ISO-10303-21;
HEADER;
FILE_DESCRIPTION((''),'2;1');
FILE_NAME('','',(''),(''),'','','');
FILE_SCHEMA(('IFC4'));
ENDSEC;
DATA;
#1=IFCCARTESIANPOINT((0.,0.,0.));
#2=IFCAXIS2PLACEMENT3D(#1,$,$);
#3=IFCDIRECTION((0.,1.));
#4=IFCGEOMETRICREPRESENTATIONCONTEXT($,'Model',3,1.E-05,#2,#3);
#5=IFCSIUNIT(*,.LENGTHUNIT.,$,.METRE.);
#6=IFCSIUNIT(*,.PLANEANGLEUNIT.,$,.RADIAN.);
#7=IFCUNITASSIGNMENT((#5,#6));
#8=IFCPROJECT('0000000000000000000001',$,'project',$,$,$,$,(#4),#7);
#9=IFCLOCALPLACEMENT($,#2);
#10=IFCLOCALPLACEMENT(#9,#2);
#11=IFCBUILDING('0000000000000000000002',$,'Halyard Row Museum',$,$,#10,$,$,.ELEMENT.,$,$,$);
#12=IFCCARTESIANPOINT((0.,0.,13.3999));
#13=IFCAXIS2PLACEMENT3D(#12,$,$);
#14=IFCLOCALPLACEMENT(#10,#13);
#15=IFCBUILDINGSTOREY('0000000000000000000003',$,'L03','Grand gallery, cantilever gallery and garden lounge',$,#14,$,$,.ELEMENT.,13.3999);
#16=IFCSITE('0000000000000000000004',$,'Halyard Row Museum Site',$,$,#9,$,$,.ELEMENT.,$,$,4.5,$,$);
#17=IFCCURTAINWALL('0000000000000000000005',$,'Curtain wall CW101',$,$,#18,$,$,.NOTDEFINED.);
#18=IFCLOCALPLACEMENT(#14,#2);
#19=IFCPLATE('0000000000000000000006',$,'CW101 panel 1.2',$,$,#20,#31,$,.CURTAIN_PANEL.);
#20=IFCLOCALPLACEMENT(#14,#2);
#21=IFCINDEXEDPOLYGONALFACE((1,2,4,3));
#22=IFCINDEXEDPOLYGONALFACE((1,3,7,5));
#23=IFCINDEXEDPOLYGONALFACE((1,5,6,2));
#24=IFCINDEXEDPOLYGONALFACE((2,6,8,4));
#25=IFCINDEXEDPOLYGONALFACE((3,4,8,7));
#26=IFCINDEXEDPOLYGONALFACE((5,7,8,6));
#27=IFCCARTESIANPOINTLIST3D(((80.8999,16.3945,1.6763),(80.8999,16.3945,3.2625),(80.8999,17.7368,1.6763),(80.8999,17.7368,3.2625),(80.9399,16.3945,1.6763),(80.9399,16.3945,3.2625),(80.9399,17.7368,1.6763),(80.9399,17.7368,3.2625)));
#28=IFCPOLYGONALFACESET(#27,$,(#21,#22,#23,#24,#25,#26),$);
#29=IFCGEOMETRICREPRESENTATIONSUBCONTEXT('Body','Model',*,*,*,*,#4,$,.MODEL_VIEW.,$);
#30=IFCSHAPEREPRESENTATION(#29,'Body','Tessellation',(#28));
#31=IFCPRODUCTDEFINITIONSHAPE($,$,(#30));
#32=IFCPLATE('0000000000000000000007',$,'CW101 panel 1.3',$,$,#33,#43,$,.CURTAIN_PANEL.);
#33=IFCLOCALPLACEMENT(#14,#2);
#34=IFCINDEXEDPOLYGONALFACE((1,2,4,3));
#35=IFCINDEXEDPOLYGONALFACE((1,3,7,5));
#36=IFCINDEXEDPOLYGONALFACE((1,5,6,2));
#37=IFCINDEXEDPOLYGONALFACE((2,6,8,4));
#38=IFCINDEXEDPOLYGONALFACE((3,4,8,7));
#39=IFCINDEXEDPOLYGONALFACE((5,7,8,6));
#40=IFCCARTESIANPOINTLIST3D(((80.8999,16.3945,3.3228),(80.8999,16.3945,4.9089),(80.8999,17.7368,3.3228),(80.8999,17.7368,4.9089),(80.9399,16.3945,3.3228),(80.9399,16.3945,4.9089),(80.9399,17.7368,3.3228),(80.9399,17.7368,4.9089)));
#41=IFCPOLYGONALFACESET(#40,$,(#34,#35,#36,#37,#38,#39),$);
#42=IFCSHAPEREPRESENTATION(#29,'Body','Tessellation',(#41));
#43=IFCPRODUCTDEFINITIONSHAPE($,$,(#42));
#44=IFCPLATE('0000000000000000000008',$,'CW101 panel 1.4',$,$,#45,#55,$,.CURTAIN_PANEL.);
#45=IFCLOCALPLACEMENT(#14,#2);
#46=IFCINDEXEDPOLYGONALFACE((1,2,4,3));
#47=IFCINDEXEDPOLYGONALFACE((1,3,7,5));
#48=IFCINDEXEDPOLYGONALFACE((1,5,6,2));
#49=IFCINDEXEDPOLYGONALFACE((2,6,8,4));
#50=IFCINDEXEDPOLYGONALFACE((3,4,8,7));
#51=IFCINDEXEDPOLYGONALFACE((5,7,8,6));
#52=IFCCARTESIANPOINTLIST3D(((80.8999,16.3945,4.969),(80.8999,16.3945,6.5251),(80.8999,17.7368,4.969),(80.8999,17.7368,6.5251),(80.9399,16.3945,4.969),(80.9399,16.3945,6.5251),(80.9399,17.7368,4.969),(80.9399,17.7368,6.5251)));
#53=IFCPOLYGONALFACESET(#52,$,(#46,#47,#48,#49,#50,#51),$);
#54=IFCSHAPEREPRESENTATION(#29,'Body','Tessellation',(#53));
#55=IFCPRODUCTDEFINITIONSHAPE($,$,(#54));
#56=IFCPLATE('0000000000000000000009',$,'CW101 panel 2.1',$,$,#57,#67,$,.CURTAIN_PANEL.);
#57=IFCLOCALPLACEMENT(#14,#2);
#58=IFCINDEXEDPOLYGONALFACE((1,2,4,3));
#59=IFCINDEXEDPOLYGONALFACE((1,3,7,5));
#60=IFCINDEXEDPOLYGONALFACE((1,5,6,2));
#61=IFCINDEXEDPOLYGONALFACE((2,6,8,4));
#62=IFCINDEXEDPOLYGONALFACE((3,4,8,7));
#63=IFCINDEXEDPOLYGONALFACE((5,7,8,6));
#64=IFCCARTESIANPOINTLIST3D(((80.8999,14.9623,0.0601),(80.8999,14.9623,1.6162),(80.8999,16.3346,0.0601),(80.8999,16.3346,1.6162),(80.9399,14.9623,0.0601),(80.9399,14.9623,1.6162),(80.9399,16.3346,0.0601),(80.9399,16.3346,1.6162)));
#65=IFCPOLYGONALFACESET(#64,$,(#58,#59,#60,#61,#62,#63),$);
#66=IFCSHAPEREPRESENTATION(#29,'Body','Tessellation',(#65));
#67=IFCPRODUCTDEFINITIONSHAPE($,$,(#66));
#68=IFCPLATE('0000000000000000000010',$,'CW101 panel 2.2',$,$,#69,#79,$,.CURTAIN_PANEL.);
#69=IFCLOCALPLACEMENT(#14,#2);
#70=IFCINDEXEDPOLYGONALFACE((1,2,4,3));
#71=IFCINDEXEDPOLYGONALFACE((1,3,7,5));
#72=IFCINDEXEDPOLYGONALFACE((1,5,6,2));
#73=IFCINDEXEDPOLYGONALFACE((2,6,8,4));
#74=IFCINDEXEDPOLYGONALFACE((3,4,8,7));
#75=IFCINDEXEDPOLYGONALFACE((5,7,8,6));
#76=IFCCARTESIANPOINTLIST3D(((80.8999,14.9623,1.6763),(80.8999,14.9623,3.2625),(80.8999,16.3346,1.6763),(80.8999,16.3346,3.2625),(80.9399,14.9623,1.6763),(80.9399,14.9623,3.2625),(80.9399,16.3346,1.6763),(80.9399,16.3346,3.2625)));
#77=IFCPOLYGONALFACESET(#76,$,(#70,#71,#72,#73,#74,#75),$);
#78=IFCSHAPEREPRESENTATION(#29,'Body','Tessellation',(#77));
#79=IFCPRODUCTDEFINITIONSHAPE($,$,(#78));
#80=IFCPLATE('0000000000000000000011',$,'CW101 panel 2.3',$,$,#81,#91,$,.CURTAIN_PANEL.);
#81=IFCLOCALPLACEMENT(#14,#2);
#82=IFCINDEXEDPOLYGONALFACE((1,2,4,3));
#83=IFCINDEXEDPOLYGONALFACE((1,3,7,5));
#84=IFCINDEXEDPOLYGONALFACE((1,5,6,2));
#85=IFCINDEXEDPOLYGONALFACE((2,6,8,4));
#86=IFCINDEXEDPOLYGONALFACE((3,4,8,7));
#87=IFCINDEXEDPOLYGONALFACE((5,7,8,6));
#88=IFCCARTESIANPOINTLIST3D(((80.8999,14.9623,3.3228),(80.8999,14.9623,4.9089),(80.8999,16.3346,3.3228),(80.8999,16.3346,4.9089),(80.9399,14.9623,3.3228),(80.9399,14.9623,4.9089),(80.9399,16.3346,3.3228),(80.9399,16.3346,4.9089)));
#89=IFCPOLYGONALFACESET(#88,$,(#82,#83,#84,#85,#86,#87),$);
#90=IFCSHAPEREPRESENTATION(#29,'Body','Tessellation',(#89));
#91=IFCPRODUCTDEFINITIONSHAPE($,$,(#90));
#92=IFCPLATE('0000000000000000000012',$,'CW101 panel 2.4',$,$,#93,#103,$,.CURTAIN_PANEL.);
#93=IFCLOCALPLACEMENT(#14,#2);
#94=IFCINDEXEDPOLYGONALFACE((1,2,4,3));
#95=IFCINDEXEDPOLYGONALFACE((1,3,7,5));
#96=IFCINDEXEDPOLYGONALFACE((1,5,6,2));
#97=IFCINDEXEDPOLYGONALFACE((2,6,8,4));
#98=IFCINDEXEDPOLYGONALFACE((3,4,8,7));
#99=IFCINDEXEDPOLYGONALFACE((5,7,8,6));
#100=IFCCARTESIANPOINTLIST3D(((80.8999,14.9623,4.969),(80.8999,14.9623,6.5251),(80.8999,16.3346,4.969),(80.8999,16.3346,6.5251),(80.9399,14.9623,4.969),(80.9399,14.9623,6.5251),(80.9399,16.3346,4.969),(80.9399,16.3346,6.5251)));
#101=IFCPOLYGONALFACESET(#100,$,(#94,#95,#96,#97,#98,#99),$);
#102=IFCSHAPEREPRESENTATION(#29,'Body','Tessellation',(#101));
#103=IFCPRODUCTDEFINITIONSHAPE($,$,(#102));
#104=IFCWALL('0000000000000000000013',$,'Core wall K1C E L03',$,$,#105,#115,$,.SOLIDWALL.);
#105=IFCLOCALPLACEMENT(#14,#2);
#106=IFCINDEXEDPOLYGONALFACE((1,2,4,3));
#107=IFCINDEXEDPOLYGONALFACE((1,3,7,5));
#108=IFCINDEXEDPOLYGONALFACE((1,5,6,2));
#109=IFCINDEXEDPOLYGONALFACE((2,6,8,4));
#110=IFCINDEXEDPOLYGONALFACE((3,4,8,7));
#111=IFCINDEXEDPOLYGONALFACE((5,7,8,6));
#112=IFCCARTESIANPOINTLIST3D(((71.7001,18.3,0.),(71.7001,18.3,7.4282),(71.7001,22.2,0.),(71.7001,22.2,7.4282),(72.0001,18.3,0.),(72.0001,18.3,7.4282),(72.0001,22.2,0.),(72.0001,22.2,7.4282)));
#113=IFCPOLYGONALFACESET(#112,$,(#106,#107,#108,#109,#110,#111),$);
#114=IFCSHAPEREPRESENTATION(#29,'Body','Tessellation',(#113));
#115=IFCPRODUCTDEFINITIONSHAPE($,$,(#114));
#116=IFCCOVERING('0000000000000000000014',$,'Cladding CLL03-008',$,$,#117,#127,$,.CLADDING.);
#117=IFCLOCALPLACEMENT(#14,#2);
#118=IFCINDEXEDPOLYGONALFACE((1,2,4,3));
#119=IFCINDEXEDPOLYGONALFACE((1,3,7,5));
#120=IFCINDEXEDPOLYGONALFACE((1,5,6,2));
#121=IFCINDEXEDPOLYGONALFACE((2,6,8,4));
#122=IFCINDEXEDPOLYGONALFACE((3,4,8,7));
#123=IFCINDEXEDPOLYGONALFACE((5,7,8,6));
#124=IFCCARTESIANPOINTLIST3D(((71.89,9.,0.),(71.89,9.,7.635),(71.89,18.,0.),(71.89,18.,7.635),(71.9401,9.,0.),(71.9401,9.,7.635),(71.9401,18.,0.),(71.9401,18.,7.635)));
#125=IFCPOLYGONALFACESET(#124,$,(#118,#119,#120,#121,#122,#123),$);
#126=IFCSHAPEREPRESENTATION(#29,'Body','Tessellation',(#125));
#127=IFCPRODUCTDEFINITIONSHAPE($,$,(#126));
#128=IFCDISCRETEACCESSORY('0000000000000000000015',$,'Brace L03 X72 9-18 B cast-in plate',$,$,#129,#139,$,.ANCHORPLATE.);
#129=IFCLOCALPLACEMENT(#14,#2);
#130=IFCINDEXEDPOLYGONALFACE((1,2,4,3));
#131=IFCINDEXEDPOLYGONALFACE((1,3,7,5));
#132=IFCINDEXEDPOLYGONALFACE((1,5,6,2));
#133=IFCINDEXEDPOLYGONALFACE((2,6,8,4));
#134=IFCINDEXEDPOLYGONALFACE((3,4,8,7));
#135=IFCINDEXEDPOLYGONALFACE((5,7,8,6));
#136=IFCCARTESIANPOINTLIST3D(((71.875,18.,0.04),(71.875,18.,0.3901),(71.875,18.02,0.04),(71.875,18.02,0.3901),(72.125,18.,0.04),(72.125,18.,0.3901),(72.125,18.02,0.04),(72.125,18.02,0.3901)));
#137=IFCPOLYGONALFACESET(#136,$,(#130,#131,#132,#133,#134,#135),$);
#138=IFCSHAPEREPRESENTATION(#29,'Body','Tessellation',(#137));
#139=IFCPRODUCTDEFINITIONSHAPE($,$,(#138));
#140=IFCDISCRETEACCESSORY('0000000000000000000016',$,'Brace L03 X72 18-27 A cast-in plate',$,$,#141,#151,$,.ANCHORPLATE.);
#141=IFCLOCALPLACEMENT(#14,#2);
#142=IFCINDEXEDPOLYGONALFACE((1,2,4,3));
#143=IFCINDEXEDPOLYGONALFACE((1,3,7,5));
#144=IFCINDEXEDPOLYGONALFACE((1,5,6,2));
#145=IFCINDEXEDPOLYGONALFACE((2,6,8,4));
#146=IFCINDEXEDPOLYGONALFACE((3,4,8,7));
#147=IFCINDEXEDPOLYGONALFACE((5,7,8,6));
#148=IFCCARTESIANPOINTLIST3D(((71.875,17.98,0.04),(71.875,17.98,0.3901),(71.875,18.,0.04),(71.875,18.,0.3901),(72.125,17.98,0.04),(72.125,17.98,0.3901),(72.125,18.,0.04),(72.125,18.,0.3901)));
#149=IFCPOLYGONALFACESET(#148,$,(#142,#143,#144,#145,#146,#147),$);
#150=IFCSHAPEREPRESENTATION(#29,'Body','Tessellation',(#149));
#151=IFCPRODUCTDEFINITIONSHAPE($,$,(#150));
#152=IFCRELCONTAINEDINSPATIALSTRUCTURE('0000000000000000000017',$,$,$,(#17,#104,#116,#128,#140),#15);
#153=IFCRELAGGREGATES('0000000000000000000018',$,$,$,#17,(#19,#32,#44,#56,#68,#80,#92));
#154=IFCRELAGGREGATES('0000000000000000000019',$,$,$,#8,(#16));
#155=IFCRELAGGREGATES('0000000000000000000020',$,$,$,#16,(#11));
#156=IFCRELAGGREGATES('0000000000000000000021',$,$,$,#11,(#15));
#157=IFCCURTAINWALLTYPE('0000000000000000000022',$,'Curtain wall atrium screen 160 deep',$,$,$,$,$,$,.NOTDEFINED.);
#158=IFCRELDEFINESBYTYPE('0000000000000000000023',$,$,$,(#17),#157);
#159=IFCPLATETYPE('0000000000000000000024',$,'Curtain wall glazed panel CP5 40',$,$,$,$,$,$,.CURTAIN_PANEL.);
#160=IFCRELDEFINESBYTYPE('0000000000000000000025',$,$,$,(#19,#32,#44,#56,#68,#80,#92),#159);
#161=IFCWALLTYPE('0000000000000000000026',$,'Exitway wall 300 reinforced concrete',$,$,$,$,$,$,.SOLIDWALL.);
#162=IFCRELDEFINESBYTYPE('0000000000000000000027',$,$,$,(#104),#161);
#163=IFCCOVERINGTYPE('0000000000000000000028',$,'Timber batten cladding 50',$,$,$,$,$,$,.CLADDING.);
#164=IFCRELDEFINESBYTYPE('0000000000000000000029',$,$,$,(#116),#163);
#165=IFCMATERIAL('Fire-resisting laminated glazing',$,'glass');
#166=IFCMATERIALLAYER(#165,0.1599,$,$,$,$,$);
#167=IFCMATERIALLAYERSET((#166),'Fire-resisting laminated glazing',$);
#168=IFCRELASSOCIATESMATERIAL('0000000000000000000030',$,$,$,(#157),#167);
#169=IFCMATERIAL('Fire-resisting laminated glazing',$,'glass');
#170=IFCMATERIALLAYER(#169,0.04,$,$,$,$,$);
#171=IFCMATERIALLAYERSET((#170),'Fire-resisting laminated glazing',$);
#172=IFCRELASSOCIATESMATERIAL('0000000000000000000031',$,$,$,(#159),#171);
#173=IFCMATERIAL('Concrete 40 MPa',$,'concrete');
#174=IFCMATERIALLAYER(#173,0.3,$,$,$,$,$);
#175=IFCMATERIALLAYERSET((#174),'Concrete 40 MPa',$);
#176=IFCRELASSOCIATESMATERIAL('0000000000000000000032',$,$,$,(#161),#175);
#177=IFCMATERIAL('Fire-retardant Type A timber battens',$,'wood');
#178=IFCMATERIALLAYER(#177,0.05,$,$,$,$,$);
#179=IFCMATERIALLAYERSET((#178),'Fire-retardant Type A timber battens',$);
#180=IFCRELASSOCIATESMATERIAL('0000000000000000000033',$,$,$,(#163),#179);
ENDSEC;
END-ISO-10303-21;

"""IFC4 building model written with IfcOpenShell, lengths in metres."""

from ifc_helpers import new_model, si_unit, direction, frame, frame_2d, origin, origin_2d, place, context, subcontext, project, spatial, rectangle, extrude, material, layer, layer_set, type_object, element, aggregate, save


model = new_model("IFC4")

# Units and contexts
model_context = context("Model", 3, precision=1e-05, world=origin(), true_north=direction((0.0, 1.0)))
body_context = subcontext(model_context, "Body", "Model", "MODEL_VIEW")
ifc_project = project(units=[si_unit("LENGTHUNIT", "METRE"), si_unit("PLANEANGLEUNIT", "RADIAN")], contexts=[model_context])

# Site, building, storey
site_placement = place(None, origin())
site = spatial("IfcSite", under=ifc_project, at=site_placement, Name="Halyard Row Museum Site", CompositionType="ELEMENT", RefElevation=4.5)
building_placement = place(site_placement, origin())
building = spatial("IfcBuilding", under=site, at=building_placement, Name="Halyard Row Museum", CompositionType="ELEMENT")
storey_placement = place(building_placement, frame((0.0, 0.0, 13.3999)))
storey = spatial("IfcBuildingStorey", under=building, at=storey_placement, Name="L03", Description="Grand gallery, cantilever gallery and garden lounge", CompositionType="ELEMENT", Elevation=13.3999)

# Shared definitions
ifc_material_1 = material(Name="Fire-resisting laminated glazing", Category="glass")
ifc_layer_1 = layer(ifc_material_1, 0.1599)
ifc_layer_set_1 = layer_set([ifc_layer_1], Name="Fire-resisting laminated glazing")
curtain_wall_type = type_object("IfcCurtainWallType", Name="Curtain wall atrium screen 160 deep", PredefinedType="NOTDEFINED", material=ifc_layer_set_1)

# Curtain wall
curtain_wall_1_placement = place(storey_placement, origin())
curtain_wall_1 = element("IfcCurtainWall", 1, at=curtain_wall_1_placement, inside=storey, type_object=curtain_wall_type, Name="Curtain wall CW101", PredefinedType="NOTDEFINED")

# Plates
ifc_material_2 = material(Name="Fire-resisting laminated glazing", Category="glass")
ifc_layer_2 = layer(ifc_material_2, 0.04)
ifc_layer_set_2 = layer_set([ifc_layer_2], Name="Fire-resisting laminated glazing")
plate_type = type_object("IfcPlateType", Name="Curtain wall glazed panel CP5 40", PredefinedType="CURTAIN_PANEL", material=ifc_layer_set_2)
plate_1_placement = place(storey_placement, frame((80.9199, 17.0657, 1.6763), z_axis=(0.0, 0.0, 1.0), x_axis=(0.0, -1.0, 0.0)))
plate_1 = element("IfcPlate", 2, at=plate_1_placement, type_object=plate_type, Name="CW101 panel 1.2", PredefinedType="CURTAIN_PANEL", context=body_context, shape_type="SweptSolid", body=[
    extrude(rectangle(XDim=1.3423, YDim=0.04, at=origin_2d()), origin(), (0.0, 0.0, 1.0), 1.5862),
])
plate_2_placement = place(storey_placement, frame((80.9199, 17.0657, 3.3228), z_axis=(0.0, 0.0, 1.0), x_axis=(0.0, -1.0, 0.0)))
plate_2 = element("IfcPlate", 3, at=plate_2_placement, type_object=plate_type, Name="CW101 panel 1.3", PredefinedType="CURTAIN_PANEL", context=body_context, shape_type="SweptSolid", body=[
    extrude(rectangle(XDim=1.3423, YDim=0.04, at=origin_2d()), origin(), (0.0, 0.0, 1.0), 1.5862),
])
plate_3_placement = place(storey_placement, frame((80.9199, 17.0657, 4.969), z_axis=(0.0, 0.0, 1.0), x_axis=(0.0, -1.0, 0.0)))
plate_3 = element("IfcPlate", 4, at=plate_3_placement, type_object=plate_type, Name="CW101 panel 1.4", PredefinedType="CURTAIN_PANEL", context=body_context, shape_type="SweptSolid", body=[
    extrude(rectangle(XDim=1.3423, YDim=0.04, at=origin_2d()), origin(), (0.0, 0.0, 1.0), 1.5562),
])
plate_4_placement = place(storey_placement, frame((80.9199, 15.6484, 0.0601), z_axis=(0.0, 0.0, 1.0), x_axis=(0.0, -1.0, 0.0)))
plate_4 = element("IfcPlate", 5, at=plate_4_placement, type_object=plate_type, Name="CW101 panel 2.1", PredefinedType="CURTAIN_PANEL", context=body_context, shape_type="SweptSolid", body=[
    extrude(rectangle(XDim=1.3723, YDim=0.04, at=origin_2d()), origin(), (0.0, 0.0, 1.0), 1.5562),
])
plate_5_placement = place(storey_placement, frame((80.9199, 15.6484, 1.6763), z_axis=(0.0, 0.0, 1.0), x_axis=(0.0, -1.0, 0.0)))
plate_5 = element("IfcPlate", 6, at=plate_5_placement, type_object=plate_type, Name="CW101 panel 2.2", PredefinedType="CURTAIN_PANEL", context=body_context, shape_type="SweptSolid", body=[
    extrude(rectangle(XDim=1.3723, YDim=0.04, at=origin_2d()), origin(), (0.0, 0.0, 1.0), 1.5862),
])
plate_6_placement = place(storey_placement, frame((80.9199, 15.6484, 3.3228), z_axis=(0.0, 0.0, 1.0), x_axis=(0.0, -1.0, 0.0)))
plate_6 = element("IfcPlate", 7, at=plate_6_placement, type_object=plate_type, Name="CW101 panel 2.3", PredefinedType="CURTAIN_PANEL", context=body_context, shape_type="SweptSolid", body=[
    extrude(rectangle(XDim=1.3723, YDim=0.04, at=origin_2d()), origin(), (0.0, 0.0, 1.0), 1.5862),
])
plate_7_placement = place(storey_placement, frame((80.9199, 15.6484, 4.969), z_axis=(0.0, 0.0, 1.0), x_axis=(0.0, -1.0, 0.0)))
plate_7 = element("IfcPlate", 8, at=plate_7_placement, type_object=plate_type, Name="CW101 panel 2.4", PredefinedType="CURTAIN_PANEL", context=body_context, shape_type="SweptSolid", body=[
    extrude(rectangle(XDim=1.3723, YDim=0.04, at=origin_2d()), origin(), (0.0, 0.0, 1.0), 1.5562),
])
aggregate(curtain_wall_1, [plate_1, plate_2, plate_3, plate_4, plate_5, plate_6, plate_7])

# Wall
ifc_material_3 = material(Name="Concrete 40 MPa", Category="concrete")
ifc_layer_3 = layer(ifc_material_3, 0.3)
ifc_layer_set_3 = layer_set([ifc_layer_3], Name="Concrete 40 MPa")
wall_type = type_object("IfcWallType", Name="Exitway wall 300 reinforced concrete", PredefinedType="SOLIDWALL", material=ifc_layer_set_3)
wall_placement = place(storey_placement, frame((71.8501, 18.3, 0.0), z_axis=(0.0, 0.0, 1.0), x_axis=(0.0, 1.0, 0.0)))
element("IfcWall", 9, at=wall_placement, inside=storey, type_object=wall_type, Name="Core wall K1C E L03", PredefinedType="SOLIDWALL", context=body_context, shape_type="SweptSolid", body=[
    extrude(rectangle(XDim=3.8999, YDim=0.3, at=frame_2d((1.95, 0.0))), origin(), (0.0, 0.0, 1.0), 7.4282),
])

# Covering
ifc_material_4 = material(Name="Fire-retardant Type A timber battens", Category="wood")
ifc_layer_4 = layer(ifc_material_4, 0.05)
ifc_layer_set_4 = layer_set([ifc_layer_4], Name="Fire-retardant Type A timber battens")
covering_type = type_object("IfcCoveringType", Name="Timber batten cladding 50", PredefinedType="CLADDING", material=ifc_layer_set_4)
covering_placement = place(storey_placement, frame((71.915, 18.0, 0.0), z_axis=(0.0, 0.0, 1.0), x_axis=(0.0, -1.0, 0.0)))
element("IfcCovering", 10, at=covering_placement, inside=storey, type_object=covering_type, Name="Cladding CLL03-008", PredefinedType="CLADDING", context=body_context, shape_type="SweptSolid", body=[
    extrude(rectangle(XDim=9.0, YDim=0.05, at=frame_2d((4.5, 0.0))), origin(), (0.0, 0.0, 1.0), 7.635),
])

# Discrete accessories
for number, where, z_axis, x_axis, name in (
    (11, (72.0, 18.0, 0.2151), (0.0, 1.0, 0.0), (-1.0, 0.0, 0.0), "Brace L03 X72 9-18 B cast-in plate"),
    (12, (72.0, 18.0, 0.2151), (0.0, -1.0, 0.0), (1.0, 0.0, 0.0), "Brace L03 X72 18-27 A cast-in plate"),
):
    element("IfcDiscreteAccessory", number, at=place(storey_placement, frame(where, z_axis=z_axis, x_axis=x_axis)), inside=storey, Name=name, PredefinedType="ANCHORPLATE", context=body_context, shape_type="SweptSolid", body=[
        extrude(rectangle(XDim=0.25, YDim=0.3501, at=origin_2d()), origin(), (0.0, 0.0, 1.0), 0.02),
    ])

save(model, "model.ifc")
